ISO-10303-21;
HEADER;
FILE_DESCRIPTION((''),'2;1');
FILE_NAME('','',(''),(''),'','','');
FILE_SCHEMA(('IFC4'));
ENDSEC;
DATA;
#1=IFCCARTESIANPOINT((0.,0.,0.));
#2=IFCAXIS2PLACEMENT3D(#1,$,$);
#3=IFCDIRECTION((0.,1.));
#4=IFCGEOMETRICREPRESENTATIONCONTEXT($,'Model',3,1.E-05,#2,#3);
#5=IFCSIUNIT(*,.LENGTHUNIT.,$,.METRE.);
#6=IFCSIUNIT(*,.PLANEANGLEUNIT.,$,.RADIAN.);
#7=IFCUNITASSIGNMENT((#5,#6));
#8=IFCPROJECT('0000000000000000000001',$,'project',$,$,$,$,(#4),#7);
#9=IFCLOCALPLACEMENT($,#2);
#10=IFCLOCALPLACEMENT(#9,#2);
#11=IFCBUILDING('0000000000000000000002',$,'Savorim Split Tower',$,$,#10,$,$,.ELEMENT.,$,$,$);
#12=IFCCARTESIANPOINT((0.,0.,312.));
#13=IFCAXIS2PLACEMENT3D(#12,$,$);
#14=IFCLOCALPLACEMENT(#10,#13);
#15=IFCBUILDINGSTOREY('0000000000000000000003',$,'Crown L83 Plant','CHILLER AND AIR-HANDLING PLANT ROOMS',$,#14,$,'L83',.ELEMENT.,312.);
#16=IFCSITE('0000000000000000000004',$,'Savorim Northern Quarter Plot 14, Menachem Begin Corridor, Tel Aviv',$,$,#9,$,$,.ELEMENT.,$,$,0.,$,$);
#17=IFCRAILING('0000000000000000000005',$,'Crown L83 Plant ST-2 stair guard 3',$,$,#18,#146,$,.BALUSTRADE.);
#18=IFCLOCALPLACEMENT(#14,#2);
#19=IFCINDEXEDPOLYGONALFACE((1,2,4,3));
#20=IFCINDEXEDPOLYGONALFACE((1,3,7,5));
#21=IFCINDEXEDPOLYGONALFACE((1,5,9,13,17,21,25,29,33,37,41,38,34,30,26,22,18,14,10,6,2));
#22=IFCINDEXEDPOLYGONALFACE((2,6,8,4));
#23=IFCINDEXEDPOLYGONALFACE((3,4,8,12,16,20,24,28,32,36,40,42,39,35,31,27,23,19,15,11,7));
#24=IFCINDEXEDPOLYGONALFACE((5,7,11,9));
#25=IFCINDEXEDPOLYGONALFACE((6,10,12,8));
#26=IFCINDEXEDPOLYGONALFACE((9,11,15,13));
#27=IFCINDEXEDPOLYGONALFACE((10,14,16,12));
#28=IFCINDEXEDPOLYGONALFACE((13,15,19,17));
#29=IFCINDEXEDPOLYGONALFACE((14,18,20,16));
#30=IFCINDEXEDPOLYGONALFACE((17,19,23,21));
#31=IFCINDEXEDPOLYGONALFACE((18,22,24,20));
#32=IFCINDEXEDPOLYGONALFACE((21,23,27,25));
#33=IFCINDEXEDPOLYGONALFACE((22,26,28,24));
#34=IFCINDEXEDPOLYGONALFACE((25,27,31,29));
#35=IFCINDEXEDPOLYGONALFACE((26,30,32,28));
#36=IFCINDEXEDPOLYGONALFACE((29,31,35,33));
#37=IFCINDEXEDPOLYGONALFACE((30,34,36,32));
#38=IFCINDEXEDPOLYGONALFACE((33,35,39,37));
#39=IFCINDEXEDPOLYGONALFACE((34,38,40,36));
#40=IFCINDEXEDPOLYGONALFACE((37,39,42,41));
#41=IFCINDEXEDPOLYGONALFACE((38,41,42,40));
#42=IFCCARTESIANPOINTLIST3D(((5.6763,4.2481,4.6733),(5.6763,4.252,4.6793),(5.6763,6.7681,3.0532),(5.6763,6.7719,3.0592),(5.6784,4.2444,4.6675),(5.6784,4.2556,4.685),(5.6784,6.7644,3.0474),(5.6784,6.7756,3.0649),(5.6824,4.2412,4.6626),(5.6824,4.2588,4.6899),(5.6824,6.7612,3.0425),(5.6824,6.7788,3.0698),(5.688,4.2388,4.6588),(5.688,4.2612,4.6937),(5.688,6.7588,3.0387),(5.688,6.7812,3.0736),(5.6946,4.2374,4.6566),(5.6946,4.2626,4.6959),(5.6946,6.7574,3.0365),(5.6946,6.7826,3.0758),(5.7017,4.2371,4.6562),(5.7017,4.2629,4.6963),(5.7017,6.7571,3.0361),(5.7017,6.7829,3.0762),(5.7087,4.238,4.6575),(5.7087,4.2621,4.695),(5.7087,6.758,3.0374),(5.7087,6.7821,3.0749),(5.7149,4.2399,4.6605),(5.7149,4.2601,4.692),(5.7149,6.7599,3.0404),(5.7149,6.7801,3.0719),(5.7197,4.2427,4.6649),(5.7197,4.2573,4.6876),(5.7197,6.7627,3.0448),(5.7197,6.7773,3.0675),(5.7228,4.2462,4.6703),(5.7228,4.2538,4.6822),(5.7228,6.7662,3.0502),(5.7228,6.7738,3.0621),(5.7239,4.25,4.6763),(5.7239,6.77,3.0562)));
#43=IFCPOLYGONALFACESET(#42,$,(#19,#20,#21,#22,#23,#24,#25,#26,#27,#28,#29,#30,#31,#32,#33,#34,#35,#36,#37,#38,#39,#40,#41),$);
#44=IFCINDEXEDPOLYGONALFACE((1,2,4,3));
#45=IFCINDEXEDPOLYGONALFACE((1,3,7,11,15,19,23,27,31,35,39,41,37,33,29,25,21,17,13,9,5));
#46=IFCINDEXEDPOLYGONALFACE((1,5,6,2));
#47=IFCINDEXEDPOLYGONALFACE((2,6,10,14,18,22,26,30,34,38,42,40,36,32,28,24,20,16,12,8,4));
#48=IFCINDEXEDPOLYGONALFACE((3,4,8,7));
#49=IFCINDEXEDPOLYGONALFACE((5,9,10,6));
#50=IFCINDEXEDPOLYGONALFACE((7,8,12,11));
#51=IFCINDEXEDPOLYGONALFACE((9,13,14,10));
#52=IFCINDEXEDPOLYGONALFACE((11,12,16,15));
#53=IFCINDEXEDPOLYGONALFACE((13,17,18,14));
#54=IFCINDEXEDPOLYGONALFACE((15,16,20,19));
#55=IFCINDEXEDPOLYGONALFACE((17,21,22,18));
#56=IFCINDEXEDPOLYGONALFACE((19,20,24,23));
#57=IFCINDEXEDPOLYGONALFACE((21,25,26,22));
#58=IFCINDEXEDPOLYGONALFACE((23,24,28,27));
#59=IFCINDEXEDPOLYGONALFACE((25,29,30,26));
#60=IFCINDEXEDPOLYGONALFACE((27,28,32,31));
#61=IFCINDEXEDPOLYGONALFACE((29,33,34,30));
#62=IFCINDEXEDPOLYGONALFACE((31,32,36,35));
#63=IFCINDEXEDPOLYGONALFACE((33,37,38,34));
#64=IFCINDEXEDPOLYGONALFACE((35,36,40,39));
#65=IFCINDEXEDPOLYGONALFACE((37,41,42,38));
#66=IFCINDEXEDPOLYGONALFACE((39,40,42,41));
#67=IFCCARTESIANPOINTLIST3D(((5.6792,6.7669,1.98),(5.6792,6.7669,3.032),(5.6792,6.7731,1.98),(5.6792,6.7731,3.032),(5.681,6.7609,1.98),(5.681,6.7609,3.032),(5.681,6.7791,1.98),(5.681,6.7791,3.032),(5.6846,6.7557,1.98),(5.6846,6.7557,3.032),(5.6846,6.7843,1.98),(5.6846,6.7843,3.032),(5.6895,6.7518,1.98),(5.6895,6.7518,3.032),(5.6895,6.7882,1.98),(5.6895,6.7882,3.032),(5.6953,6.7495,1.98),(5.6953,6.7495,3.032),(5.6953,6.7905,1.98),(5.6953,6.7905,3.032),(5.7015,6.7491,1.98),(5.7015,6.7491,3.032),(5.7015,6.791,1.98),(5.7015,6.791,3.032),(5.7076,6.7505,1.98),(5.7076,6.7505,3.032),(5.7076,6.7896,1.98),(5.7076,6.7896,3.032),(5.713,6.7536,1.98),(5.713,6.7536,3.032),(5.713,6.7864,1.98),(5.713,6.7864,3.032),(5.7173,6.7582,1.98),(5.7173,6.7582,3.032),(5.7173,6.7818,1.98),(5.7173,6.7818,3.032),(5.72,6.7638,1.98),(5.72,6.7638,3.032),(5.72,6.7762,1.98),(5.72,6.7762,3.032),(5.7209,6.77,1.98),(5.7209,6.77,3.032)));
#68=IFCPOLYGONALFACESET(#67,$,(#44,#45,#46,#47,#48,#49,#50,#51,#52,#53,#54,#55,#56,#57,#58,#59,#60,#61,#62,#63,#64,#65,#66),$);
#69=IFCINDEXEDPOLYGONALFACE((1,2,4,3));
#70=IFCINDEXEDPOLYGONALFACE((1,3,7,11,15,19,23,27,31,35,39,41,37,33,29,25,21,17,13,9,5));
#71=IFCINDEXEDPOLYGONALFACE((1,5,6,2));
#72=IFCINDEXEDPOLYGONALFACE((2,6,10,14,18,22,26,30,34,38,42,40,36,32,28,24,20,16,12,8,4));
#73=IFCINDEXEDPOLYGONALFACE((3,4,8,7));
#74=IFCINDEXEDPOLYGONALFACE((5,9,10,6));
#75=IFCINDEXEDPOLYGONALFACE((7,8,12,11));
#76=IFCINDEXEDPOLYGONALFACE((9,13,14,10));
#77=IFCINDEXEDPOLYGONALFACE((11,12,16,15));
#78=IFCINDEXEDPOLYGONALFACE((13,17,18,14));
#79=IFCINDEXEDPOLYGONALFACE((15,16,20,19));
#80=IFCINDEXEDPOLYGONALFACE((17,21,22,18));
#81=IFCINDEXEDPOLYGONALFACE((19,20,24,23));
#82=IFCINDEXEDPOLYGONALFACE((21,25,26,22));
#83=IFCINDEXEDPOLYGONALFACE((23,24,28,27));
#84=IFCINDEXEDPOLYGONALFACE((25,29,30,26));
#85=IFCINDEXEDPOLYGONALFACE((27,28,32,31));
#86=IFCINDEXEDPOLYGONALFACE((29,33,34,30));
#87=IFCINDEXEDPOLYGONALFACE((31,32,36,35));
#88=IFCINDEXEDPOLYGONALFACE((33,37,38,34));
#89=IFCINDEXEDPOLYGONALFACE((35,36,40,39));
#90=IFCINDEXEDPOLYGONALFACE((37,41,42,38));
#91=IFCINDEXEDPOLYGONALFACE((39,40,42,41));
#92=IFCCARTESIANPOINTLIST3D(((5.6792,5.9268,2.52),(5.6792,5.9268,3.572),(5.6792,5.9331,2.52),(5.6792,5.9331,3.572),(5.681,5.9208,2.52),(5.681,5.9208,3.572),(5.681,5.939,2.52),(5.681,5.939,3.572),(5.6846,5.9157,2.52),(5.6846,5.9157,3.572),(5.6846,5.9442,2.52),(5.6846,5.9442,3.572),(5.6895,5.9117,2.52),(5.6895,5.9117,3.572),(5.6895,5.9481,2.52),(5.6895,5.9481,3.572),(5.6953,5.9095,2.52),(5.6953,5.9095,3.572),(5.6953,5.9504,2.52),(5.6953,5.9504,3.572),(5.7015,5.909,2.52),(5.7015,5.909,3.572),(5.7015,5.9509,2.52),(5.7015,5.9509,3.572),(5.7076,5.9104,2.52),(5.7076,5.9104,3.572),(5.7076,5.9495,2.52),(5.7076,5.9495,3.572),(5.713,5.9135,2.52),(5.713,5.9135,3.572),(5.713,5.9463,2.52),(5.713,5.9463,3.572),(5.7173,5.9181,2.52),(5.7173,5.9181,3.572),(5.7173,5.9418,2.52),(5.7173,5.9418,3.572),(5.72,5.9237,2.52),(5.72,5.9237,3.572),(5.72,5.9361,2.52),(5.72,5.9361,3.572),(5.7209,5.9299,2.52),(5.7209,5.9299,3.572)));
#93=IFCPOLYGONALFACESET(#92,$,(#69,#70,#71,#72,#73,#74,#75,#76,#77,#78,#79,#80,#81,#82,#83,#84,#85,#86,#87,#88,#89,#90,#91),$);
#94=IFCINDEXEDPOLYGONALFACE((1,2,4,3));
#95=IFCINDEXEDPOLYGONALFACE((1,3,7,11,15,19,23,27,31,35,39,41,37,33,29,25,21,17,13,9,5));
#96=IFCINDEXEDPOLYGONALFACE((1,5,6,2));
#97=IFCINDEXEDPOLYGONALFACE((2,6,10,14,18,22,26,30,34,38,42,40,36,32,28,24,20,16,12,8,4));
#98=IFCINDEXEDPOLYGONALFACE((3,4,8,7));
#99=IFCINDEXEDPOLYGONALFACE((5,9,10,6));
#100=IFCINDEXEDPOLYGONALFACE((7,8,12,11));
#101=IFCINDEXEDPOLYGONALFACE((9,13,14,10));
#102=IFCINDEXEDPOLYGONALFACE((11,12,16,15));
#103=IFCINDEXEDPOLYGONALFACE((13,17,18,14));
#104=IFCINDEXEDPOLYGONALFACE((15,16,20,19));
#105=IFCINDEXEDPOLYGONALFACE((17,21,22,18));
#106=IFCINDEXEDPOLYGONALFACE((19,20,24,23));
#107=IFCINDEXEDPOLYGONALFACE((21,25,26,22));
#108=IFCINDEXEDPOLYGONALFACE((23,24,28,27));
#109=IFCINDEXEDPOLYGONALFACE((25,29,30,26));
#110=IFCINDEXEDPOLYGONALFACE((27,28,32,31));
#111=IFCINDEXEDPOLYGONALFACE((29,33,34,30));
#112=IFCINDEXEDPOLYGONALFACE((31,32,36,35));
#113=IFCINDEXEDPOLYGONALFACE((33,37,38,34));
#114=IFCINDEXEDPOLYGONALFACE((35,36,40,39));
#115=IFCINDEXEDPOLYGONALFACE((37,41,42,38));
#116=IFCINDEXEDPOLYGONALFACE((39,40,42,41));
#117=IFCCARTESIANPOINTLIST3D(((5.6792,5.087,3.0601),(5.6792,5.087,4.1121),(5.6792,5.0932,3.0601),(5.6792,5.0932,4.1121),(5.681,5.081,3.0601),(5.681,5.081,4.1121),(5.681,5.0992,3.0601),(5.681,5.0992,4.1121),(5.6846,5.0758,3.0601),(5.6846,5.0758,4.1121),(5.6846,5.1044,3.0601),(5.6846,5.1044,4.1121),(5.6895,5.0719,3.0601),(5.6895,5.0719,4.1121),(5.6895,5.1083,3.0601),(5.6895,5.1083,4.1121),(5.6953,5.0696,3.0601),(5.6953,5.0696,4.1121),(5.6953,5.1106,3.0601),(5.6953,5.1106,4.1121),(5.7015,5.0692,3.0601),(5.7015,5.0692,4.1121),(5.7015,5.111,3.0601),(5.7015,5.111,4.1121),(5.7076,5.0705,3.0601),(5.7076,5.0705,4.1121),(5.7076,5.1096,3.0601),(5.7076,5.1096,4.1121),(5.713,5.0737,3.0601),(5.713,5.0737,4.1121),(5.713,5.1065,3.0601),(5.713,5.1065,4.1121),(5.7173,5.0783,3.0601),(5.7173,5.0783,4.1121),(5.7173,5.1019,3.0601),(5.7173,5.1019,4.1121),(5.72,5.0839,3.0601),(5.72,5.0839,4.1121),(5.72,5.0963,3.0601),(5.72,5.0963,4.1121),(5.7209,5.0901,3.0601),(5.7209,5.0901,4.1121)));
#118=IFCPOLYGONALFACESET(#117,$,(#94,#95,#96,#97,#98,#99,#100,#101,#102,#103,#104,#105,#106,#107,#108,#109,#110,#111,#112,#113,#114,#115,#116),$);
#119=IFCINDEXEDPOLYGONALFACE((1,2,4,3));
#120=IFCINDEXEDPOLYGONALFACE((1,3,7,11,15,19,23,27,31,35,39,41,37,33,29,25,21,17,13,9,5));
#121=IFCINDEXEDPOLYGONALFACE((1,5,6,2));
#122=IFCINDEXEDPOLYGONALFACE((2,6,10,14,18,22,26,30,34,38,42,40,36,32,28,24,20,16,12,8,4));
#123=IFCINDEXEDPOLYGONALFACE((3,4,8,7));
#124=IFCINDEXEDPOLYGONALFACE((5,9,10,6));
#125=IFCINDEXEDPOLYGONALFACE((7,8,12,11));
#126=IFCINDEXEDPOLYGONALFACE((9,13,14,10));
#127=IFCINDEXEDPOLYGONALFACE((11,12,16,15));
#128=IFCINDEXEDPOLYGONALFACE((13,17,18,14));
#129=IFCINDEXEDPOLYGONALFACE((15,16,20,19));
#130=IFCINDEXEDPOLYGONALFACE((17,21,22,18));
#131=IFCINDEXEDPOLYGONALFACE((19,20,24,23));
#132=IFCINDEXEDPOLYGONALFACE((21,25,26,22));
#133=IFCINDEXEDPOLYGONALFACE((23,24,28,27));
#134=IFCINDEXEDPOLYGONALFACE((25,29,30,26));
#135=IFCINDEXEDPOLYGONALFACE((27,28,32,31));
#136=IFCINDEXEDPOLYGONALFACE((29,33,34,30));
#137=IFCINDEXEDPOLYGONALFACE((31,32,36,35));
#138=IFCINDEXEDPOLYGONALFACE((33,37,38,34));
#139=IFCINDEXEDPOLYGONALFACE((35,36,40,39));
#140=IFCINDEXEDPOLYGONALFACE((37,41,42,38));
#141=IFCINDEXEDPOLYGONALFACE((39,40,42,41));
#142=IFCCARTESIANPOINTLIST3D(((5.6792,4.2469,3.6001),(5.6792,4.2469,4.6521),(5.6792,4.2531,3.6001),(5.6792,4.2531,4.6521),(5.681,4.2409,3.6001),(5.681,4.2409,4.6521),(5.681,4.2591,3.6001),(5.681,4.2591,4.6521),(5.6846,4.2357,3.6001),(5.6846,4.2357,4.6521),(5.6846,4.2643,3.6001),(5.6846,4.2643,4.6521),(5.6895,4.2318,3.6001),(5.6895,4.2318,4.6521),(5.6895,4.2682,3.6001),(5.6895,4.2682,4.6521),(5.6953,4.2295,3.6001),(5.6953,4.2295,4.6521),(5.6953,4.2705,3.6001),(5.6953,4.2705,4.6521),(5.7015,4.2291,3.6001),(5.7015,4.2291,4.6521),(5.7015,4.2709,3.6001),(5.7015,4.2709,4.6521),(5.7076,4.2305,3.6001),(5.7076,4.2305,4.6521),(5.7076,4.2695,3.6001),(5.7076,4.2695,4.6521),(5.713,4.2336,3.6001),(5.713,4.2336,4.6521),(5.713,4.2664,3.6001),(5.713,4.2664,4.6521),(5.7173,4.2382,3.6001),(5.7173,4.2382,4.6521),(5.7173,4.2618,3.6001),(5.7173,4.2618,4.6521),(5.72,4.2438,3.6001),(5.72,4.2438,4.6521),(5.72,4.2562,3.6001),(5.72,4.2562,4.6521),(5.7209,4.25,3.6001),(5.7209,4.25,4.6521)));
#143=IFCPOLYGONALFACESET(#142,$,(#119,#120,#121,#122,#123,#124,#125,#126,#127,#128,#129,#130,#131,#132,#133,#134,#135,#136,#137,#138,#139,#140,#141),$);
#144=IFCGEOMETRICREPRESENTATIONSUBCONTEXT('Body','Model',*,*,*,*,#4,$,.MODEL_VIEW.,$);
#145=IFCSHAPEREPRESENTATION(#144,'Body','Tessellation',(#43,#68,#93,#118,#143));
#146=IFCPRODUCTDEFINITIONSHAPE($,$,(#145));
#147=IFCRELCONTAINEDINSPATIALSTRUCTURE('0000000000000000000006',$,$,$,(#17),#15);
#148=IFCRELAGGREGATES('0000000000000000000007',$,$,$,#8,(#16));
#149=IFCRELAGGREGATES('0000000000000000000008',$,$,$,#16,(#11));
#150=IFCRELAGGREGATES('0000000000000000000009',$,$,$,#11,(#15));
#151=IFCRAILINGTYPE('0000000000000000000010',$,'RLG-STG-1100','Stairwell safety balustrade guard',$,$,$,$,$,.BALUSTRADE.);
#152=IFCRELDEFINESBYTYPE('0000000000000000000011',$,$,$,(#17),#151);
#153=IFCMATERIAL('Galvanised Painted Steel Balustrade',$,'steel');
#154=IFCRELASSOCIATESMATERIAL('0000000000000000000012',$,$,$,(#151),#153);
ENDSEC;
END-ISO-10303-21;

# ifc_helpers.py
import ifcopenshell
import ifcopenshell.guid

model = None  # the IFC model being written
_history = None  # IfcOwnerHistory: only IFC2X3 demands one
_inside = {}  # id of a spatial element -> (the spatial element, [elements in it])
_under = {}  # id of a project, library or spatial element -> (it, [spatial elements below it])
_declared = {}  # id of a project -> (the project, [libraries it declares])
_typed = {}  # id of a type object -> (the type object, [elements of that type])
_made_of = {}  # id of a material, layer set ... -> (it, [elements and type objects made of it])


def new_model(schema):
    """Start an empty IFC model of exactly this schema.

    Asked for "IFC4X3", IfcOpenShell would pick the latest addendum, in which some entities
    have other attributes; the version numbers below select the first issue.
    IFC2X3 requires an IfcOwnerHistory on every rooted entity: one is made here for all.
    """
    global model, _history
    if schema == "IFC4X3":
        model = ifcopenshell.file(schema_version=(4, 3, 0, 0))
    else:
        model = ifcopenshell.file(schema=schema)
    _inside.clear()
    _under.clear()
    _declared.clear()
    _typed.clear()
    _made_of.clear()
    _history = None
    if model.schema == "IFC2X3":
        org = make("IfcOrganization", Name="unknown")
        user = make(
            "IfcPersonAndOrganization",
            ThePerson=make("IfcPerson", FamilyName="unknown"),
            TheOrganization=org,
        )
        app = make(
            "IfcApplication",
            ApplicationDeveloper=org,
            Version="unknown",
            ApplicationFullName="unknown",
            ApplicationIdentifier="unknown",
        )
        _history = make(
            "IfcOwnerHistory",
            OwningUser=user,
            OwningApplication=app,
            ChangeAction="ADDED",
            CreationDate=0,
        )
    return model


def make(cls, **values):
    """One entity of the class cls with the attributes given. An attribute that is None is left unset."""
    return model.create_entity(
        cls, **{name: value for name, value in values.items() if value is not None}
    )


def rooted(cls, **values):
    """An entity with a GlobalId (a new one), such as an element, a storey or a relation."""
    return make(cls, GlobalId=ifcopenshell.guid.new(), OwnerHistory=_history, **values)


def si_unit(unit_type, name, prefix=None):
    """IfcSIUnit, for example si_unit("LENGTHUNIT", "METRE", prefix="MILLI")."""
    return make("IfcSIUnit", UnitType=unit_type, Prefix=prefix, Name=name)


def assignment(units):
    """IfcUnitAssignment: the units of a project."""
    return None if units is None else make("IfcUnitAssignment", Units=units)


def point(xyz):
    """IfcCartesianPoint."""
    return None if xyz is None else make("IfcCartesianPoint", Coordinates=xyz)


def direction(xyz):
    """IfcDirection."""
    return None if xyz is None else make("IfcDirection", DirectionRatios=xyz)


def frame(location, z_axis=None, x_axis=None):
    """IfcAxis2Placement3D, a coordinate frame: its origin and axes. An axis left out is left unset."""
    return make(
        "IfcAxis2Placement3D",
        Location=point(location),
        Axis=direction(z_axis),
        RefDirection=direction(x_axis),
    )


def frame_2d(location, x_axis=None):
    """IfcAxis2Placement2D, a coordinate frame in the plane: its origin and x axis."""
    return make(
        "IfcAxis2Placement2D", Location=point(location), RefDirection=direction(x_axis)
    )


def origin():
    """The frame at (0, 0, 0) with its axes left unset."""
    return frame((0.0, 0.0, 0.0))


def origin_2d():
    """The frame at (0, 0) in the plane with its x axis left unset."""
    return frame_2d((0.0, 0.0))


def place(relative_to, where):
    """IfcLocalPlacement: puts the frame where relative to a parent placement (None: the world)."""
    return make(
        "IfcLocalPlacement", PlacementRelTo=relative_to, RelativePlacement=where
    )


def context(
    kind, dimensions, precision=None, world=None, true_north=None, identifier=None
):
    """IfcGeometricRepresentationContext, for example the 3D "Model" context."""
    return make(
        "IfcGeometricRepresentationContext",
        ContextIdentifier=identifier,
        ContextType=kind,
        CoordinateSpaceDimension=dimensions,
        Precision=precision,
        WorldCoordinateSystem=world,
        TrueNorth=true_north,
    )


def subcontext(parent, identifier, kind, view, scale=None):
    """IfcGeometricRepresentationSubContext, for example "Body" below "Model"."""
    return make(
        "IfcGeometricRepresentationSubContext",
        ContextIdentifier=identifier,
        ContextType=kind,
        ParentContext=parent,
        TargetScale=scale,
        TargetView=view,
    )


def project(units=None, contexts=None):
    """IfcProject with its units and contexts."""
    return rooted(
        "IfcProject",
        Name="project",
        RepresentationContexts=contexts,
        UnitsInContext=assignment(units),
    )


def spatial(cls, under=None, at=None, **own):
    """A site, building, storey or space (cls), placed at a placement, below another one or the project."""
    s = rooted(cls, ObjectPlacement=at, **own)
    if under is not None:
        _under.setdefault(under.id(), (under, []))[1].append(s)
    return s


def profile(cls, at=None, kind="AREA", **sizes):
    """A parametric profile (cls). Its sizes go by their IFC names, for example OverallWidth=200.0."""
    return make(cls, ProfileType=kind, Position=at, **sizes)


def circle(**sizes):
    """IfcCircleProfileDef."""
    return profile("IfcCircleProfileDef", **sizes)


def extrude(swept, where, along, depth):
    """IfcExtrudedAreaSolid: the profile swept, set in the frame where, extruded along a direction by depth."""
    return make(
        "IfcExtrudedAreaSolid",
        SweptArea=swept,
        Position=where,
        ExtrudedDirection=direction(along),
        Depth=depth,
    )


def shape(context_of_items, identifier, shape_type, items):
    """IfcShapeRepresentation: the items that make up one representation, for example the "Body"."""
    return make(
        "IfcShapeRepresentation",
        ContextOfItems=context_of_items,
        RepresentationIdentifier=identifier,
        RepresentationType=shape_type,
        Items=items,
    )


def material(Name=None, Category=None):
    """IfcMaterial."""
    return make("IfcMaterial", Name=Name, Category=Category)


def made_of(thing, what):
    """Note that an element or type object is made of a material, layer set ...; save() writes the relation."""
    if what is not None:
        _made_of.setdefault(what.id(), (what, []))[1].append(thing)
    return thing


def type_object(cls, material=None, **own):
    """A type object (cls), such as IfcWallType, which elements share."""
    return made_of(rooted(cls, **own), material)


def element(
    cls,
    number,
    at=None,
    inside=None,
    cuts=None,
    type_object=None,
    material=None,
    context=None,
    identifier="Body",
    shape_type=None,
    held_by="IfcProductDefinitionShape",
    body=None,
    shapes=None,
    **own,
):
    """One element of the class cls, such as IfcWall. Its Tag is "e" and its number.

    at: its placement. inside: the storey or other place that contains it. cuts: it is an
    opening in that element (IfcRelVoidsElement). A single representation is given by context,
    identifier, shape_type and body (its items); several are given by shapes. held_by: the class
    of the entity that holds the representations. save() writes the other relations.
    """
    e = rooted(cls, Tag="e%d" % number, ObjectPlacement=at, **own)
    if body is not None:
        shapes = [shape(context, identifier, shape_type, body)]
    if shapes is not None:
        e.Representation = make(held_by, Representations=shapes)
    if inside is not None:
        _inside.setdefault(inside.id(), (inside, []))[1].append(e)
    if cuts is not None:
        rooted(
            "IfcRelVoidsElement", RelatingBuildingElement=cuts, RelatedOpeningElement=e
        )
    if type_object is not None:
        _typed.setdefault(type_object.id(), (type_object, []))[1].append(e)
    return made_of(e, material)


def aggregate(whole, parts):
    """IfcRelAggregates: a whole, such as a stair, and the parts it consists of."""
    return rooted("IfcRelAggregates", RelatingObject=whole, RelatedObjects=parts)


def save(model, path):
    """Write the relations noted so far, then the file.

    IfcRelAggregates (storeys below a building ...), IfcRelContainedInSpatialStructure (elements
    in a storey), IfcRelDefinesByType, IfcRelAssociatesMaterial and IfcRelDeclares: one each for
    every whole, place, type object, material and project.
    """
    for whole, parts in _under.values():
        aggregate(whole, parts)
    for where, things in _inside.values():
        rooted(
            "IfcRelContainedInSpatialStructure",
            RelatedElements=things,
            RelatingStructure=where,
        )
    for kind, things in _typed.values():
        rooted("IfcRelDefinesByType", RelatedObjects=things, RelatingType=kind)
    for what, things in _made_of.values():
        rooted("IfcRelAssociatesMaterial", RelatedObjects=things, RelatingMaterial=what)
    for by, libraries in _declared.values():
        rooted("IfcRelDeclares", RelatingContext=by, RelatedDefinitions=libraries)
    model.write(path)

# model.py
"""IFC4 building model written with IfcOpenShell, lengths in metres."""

from ifc_helpers import new_model, si_unit, direction, frame, origin, origin_2d, place, context, subcontext, project, spatial, circle, extrude, material, type_object, element, save


model = new_model("IFC4")

# Units and contexts
model_context = context("Model", 3, precision=1e-05, world=origin(), true_north=direction((0.0, 1.0)))
body_context = subcontext(model_context, "Body", "Model", "MODEL_VIEW")
ifc_project = project(units=[si_unit("LENGTHUNIT", "METRE"), si_unit("PLANEANGLEUNIT", "RADIAN")], contexts=[model_context])

# Site, building, storey
site_placement = place(None, origin())
site = spatial("IfcSite", under=ifc_project, at=site_placement, Name="Savorim Northern Quarter Plot 14, Menachem Begin Corridor, Tel Aviv", CompositionType="ELEMENT", RefElevation=0.0)
building_placement = place(site_placement, origin())
building = spatial("IfcBuilding", under=site, at=building_placement, Name="Savorim Split Tower", CompositionType="ELEMENT")
storey_placement = place(building_placement, frame((0.0, 0.0, 312.0)))
storey = spatial("IfcBuildingStorey", under=building, at=storey_placement, Name="Crown L83 Plant", Description="CHILLER AND AIR-HANDLING PLANT ROOMS", LongName="L83", CompositionType="ELEMENT", Elevation=312.0)

# Railing
ifc_material_1 = material(Name="Galvanised Painted Steel Balustrade", Category="steel")
railing_type_1 = type_object("IfcRailingType", Name="RLG-STG-1100", Description="Stairwell safety balustrade guard", PredefinedType="BALUSTRADE", material=ifc_material_1)
railing_1_placement = place(storey_placement, frame((5.7, 6.77, 1.98)))
element("IfcRailing", 1, at=railing_1_placement, inside=storey, type_object=railing_type_1, Name="Crown L83 Plant ST-2 stair guard 3", PredefinedType="BALUSTRADE", context=body_context, shape_type="SweptSolid", body=[
    extrude(circle(Radius=0.0239, at=origin_2d()), frame((0.0, 0.0, 1.0762), z_axis=(0.0, -0.841163, 0.540782), x_axis=(1.0, 0.0, 0.0)), (0.0, 0.0, 1.0), 2.9958),
    extrude(circle(Radius=0.021, at=origin_2d()), origin(), (0.0, 0.0, 1.0), 1.052),
    extrude(circle(Radius=0.021, at=origin_2d()), frame((0.0, -0.8401, 0.54)), (0.0, 0.0, 1.0), 1.052),
    extrude(circle(Radius=0.021, at=origin_2d()), frame((0.0, -1.6799, 1.0801)), (0.0, 0.0, 1.0), 1.052),
    extrude(circle(Radius=0.021, at=origin_2d()), frame((0.0, -2.52, 1.6201)), (0.0, 0.0, 1.0), 1.052),
])

save(model, "model.ifc")
